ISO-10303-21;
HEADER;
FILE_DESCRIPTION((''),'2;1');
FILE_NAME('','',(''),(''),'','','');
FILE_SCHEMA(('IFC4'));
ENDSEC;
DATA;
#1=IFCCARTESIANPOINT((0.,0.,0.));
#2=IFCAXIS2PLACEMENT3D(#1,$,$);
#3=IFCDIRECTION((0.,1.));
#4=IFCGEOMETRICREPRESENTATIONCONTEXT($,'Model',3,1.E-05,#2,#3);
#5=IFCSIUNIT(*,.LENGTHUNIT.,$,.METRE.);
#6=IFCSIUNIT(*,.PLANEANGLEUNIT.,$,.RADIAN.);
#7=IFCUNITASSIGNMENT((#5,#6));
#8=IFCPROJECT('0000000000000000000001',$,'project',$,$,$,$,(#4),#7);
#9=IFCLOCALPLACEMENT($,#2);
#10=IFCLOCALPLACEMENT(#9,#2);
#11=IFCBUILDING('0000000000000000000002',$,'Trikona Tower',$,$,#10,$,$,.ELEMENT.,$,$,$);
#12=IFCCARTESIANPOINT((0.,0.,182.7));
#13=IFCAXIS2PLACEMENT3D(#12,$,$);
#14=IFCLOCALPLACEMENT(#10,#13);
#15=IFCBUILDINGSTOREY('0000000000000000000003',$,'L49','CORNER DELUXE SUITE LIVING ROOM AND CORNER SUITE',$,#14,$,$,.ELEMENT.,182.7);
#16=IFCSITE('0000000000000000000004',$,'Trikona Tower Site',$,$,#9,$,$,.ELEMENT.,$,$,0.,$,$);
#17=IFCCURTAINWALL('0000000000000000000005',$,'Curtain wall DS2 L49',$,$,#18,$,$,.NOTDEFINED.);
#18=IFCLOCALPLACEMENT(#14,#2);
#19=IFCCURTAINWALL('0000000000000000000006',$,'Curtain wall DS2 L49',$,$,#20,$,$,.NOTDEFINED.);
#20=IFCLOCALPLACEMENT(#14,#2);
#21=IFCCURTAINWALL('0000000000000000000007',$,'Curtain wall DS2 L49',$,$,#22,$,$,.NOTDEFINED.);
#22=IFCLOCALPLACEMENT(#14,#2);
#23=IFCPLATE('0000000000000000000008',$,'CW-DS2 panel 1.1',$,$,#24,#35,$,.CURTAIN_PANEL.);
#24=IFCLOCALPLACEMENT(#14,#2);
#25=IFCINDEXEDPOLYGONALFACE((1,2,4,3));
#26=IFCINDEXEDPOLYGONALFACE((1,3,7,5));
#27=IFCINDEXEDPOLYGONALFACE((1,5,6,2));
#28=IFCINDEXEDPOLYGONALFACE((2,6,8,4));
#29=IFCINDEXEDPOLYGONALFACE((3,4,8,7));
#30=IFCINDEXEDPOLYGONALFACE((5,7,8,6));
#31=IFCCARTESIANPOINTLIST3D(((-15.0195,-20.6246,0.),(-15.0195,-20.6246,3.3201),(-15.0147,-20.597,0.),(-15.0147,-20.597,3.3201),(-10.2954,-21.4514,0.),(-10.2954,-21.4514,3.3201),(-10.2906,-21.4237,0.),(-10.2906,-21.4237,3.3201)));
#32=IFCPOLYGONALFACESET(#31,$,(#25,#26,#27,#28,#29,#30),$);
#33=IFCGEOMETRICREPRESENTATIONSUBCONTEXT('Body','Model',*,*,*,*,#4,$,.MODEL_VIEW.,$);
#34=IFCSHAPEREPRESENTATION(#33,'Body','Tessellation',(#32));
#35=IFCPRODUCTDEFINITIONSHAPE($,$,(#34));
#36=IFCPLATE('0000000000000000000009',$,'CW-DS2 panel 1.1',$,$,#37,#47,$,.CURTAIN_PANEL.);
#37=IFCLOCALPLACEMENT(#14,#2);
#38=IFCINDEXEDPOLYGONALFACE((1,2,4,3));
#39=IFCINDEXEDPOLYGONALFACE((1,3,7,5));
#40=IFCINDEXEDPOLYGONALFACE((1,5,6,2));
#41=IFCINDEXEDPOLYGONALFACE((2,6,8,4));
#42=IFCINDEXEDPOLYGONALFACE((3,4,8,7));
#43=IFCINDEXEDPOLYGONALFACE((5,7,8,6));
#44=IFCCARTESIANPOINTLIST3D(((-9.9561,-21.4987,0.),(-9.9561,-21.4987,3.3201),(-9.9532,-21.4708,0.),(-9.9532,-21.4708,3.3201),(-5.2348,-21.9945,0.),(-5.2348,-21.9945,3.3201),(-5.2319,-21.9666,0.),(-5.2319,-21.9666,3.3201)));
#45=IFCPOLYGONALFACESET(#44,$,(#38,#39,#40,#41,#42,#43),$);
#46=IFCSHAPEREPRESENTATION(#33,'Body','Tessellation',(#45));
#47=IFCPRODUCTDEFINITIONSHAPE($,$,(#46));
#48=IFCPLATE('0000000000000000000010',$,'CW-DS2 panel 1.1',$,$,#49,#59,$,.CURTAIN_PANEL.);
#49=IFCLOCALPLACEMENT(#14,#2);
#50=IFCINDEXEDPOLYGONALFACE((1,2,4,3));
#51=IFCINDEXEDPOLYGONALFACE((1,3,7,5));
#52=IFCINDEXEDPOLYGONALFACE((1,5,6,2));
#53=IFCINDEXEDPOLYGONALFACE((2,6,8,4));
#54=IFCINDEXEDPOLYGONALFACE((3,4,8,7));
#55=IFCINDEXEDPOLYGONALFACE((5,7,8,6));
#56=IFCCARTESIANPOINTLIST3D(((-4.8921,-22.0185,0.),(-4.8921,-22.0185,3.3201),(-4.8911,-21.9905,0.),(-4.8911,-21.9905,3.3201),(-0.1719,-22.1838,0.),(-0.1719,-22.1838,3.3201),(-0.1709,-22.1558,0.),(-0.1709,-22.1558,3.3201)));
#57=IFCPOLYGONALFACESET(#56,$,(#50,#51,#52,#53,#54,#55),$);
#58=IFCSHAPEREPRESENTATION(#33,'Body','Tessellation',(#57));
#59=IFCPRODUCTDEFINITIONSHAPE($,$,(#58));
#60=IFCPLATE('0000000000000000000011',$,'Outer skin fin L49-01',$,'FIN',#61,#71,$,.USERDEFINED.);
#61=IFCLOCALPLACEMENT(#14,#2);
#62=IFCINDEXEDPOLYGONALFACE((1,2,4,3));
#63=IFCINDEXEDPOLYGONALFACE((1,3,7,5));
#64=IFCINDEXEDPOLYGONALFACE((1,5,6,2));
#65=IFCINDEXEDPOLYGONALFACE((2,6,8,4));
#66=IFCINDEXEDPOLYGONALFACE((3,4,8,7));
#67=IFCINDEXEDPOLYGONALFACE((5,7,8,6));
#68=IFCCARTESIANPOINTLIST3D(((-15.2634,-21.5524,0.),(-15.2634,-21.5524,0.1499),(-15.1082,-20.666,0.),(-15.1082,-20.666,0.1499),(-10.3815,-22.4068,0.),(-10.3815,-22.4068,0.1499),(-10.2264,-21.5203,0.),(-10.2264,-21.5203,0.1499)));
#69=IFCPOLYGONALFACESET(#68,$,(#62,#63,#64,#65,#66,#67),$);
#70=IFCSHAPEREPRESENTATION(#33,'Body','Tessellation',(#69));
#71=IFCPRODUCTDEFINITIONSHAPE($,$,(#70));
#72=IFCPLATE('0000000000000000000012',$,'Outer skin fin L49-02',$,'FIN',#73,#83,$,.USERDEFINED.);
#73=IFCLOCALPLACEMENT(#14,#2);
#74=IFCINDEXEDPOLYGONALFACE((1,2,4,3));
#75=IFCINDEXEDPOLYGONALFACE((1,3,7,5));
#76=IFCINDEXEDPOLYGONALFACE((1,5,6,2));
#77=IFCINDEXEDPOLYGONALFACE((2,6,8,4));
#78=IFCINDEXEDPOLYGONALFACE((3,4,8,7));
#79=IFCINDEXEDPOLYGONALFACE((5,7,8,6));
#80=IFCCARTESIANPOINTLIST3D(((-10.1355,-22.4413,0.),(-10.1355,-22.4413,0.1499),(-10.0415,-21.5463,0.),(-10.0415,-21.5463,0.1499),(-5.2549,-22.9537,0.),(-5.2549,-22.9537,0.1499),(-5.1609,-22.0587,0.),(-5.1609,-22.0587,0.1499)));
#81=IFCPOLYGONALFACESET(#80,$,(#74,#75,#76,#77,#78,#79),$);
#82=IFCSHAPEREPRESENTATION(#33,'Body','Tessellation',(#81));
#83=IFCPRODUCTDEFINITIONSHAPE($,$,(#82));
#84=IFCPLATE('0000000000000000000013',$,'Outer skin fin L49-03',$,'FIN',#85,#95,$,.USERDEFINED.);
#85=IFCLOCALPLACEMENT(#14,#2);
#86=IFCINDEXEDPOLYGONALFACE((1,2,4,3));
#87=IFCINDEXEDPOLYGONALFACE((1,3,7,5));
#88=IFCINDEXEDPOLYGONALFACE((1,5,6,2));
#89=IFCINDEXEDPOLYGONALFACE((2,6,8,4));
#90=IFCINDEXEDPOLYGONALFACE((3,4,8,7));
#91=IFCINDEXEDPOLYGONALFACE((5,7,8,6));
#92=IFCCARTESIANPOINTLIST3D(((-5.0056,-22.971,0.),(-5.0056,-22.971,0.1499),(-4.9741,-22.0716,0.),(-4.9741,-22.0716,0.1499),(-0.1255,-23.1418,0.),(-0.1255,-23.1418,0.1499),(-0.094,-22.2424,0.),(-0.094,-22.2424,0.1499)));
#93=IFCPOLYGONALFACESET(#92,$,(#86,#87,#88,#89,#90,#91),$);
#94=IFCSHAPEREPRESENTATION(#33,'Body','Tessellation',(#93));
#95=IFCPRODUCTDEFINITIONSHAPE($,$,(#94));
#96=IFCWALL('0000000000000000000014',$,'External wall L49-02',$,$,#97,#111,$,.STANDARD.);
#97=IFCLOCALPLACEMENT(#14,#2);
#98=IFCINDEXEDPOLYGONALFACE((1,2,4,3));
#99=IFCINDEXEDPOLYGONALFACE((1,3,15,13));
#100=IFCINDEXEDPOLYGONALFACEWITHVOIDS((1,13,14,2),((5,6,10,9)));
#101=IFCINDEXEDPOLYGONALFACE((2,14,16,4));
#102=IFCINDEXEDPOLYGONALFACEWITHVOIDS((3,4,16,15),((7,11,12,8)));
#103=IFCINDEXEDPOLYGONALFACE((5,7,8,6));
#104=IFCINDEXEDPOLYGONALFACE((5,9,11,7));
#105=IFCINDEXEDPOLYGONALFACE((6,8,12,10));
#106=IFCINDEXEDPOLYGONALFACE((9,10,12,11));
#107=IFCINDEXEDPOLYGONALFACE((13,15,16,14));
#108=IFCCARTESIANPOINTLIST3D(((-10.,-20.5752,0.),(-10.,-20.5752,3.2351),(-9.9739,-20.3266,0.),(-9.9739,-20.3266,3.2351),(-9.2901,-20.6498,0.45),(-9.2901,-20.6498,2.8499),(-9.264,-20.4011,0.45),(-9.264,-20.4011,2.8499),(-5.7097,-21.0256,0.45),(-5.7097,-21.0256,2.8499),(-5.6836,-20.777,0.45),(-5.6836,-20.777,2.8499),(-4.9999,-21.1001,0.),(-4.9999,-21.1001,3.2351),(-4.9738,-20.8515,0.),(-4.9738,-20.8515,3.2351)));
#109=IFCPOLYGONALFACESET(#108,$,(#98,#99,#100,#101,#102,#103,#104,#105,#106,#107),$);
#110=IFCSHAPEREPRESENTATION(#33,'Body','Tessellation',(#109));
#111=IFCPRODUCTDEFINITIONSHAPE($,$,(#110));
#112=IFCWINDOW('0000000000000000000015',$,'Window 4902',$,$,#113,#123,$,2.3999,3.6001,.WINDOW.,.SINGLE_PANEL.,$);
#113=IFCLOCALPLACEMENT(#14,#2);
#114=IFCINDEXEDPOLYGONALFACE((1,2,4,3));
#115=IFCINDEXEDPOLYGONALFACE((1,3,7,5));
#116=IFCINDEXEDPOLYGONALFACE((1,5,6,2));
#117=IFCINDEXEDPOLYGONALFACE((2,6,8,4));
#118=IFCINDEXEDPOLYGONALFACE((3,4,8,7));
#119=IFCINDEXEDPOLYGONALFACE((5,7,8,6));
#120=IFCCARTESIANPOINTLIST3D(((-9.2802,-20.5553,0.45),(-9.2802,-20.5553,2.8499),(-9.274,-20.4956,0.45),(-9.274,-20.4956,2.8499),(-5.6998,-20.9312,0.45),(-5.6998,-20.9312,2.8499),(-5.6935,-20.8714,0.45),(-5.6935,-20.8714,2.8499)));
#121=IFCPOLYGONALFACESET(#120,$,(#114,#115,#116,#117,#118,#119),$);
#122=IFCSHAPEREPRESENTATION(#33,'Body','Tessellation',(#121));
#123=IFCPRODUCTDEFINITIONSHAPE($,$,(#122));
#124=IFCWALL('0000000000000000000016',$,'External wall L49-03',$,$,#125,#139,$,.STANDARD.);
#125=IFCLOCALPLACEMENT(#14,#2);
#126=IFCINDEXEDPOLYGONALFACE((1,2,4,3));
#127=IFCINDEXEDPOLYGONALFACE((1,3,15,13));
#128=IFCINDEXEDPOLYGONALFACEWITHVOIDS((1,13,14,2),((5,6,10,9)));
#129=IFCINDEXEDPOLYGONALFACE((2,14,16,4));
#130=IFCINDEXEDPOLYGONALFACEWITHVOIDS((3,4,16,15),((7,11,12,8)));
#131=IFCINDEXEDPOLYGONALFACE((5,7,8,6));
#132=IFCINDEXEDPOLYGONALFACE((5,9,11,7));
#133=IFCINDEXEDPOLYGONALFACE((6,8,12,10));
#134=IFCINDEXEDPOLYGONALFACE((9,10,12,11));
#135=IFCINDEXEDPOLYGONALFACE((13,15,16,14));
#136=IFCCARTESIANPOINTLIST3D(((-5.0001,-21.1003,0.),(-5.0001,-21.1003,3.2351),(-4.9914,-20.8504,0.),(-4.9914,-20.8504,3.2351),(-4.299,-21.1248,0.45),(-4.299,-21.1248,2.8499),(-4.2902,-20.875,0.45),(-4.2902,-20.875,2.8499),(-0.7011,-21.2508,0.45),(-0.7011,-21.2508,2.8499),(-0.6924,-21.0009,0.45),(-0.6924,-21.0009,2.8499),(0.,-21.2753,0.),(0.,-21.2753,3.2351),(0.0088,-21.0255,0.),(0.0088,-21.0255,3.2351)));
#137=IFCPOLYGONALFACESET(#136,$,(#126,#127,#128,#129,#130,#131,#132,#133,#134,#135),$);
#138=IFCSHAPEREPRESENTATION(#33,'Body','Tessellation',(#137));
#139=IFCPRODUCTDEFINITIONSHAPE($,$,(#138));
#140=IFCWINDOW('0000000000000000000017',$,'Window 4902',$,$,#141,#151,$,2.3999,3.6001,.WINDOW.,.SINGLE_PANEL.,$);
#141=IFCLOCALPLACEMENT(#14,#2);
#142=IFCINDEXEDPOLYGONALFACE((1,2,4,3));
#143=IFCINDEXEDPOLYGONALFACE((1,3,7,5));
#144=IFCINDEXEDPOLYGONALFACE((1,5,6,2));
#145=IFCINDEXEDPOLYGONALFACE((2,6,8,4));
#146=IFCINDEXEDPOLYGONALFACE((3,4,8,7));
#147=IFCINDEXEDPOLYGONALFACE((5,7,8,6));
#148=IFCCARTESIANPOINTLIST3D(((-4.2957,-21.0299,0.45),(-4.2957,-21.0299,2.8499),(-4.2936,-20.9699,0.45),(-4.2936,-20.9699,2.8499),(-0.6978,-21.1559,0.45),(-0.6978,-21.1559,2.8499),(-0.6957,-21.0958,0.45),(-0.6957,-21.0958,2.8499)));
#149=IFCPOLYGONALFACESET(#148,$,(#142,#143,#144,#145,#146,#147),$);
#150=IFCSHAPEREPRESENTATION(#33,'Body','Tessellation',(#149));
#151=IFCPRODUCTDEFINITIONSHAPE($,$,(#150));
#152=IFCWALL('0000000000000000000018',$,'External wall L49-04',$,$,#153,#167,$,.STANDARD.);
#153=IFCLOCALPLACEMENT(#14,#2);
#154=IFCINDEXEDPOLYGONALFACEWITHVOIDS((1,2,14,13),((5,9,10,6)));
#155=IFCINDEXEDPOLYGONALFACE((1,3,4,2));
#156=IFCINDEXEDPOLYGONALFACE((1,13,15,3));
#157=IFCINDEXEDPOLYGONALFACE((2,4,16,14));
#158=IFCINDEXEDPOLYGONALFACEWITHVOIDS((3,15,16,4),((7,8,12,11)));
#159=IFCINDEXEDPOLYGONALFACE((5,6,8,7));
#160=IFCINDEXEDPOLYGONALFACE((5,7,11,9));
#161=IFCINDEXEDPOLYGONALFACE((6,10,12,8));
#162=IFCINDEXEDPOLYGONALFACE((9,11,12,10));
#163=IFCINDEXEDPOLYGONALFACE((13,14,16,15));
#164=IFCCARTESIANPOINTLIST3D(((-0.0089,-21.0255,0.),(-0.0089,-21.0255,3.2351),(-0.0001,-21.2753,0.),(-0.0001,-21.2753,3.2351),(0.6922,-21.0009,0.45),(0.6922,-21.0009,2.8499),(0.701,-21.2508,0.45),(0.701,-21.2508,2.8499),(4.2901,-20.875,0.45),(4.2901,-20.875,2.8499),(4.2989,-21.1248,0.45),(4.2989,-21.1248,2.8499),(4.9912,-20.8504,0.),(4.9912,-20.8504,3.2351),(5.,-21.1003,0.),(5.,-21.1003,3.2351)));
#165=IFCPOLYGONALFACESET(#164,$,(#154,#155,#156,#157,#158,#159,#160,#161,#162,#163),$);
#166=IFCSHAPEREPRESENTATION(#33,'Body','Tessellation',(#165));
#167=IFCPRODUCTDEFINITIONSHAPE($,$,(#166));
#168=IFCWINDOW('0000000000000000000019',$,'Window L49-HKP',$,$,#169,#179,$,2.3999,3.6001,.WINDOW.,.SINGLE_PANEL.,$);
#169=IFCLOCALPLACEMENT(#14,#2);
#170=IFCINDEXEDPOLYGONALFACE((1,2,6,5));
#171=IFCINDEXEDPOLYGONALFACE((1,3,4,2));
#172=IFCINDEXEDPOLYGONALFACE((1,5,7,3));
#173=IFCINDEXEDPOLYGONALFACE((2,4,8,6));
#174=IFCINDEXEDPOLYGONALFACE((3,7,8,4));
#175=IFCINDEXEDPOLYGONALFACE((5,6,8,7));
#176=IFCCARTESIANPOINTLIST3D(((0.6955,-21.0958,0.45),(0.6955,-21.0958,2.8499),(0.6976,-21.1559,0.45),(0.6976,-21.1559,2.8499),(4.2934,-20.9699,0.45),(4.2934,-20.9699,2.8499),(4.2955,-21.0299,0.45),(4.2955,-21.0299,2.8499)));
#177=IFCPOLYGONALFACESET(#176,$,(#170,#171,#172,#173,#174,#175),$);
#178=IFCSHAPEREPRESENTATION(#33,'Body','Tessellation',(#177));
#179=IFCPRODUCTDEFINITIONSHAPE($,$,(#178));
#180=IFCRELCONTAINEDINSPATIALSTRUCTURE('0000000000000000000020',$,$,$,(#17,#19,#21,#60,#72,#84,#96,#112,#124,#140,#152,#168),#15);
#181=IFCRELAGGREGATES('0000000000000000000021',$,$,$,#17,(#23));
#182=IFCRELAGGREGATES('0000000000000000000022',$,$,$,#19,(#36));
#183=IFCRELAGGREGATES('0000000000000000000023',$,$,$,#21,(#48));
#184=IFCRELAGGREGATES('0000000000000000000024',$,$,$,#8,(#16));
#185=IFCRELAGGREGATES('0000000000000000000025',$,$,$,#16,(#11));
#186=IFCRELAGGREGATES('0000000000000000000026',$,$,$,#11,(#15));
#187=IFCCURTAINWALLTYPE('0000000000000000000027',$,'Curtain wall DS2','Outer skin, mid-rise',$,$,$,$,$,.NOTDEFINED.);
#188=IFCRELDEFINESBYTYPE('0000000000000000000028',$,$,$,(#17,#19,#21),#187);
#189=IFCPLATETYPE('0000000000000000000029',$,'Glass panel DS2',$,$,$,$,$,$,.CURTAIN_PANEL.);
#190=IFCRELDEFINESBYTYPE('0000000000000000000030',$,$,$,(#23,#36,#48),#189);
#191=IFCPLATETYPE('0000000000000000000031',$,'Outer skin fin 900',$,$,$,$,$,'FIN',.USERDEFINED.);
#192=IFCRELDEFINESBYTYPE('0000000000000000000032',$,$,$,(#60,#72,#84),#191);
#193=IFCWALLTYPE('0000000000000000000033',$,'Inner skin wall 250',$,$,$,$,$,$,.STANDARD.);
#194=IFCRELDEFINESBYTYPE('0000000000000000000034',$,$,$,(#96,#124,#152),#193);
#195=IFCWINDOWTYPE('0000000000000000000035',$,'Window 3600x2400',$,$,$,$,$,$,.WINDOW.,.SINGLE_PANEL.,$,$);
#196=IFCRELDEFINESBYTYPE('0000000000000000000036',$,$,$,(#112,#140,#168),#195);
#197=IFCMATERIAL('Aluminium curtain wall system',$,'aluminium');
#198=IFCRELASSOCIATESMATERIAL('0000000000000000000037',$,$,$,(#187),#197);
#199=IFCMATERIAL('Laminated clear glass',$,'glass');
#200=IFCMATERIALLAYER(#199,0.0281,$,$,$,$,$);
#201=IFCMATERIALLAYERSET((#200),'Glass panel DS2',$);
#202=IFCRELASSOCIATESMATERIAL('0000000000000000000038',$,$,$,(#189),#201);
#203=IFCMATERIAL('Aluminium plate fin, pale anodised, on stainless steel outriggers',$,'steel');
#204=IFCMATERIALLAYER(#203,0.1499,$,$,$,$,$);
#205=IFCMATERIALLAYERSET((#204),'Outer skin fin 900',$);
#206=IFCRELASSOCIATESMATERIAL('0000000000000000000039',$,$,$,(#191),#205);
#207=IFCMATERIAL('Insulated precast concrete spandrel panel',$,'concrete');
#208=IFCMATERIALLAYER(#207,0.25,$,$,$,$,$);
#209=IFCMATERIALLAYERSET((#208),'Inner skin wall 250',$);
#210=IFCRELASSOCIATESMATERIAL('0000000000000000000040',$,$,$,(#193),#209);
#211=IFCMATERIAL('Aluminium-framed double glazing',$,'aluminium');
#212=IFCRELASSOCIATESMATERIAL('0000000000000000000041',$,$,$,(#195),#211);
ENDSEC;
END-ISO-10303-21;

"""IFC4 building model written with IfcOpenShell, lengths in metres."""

from ifc_helpers import new_model, si_unit, direction, frame, frame_2d, origin, origin_2d, place, context, subcontext, project, spatial, rectangle, extrude, material, layer, layer_set, type_object, element, fill, aggregate, save


model = new_model("IFC4")

# Units and contexts
model_context = context("Model", 3, precision=1e-05, world=origin(), true_north=direction((0.0, 1.0)))
body_context = subcontext(model_context, "Body", "Model", "MODEL_VIEW")
ifc_project = project(units=[si_unit("LENGTHUNIT", "METRE"), si_unit("PLANEANGLEUNIT", "RADIAN")], contexts=[model_context])

# Site, building, storey
site_placement = place(None, origin())
site = spatial("IfcSite", under=ifc_project, at=site_placement, Name="Trikona Tower Site", CompositionType="ELEMENT", RefElevation=0.0)
building_placement = place(site_placement, origin())
building = spatial("IfcBuilding", under=site, at=building_placement, Name="Trikona Tower", CompositionType="ELEMENT")
storey_placement = place(building_placement, frame((0.0, 0.0, 182.7)))
storey = spatial("IfcBuildingStorey", under=building, at=storey_placement, Name="L49", Description="CORNER DELUXE SUITE LIVING ROOM AND CORNER SUITE", CompositionType="ELEMENT", Elevation=182.7)

# Curtain wall
ifc_material_1 = material(Name="Aluminium curtain wall system", Category="aluminium")
curtain_wall_type = type_object("IfcCurtainWallType", Name="Curtain wall DS2", Description="Outer skin, mid-rise", PredefinedType="NOTDEFINED", material=ifc_material_1)
curtain_wall_1_placement = place(storey_placement, origin())
curtain_wall_1 = element("IfcCurtainWall", 1, at=curtain_wall_1_placement, inside=storey, type_object=curtain_wall_type, Name="Curtain wall DS2 L49", PredefinedType="NOTDEFINED")

# Curtain walls
curtain_wall_2_placement = place(storey_placement, origin())
curtain_wall_2 = element("IfcCurtainWall", 2, at=curtain_wall_2_placement, inside=storey, type_object=curtain_wall_type, Name="Curtain wall DS2 L49", PredefinedType="NOTDEFINED")
curtain_wall_3_placement = place(storey_placement, origin())
curtain_wall_3 = element("IfcCurtainWall", 3, at=curtain_wall_3_placement, inside=storey, type_object=curtain_wall_type, Name="Curtain wall DS2 L49", PredefinedType="NOTDEFINED")

# Plates
ifc_material_2 = material(Name="Laminated clear glass", Category="glass")
ifc_layer_1 = layer(ifc_material_2, 0.0281)
ifc_layer_set_1 = layer_set([ifc_layer_1], Name="Glass panel DS2")
plate_type_1 = type_object("IfcPlateType", Name="Glass panel DS2", PredefinedType="CURTAIN_PANEL", material=ifc_layer_set_1)
plate_1_placement = place(storey_placement, frame((-12.655, -21.0242, 0.0), z_axis=(0.0, 0.0, 1.0), x_axis=(0.985031, -0.172377, 0.0)))
plate_1 = element("IfcPlate", 4, at=plate_1_placement, type_object=plate_type_1, Name="CW-DS2 panel 1.1", PredefinedType="CURTAIN_PANEL", context=body_context, shape_type="SweptSolid", body=[
    extrude(rectangle(XDim=4.7959, YDim=0.0281, at=origin_2d()), origin(), (0.0, 0.0, 1.0), 3.3201),
])
aggregate(curtain_wall_1, [plate_1])
plate_2_placement = place(storey_placement, frame((-7.594, -21.7327, 0.0), z_axis=(0.0, 0.0, 1.0), x_axis=(0.994532, -0.104433, 0.0)))
plate_2 = element("IfcPlate", 5, at=plate_2_placement, type_object=plate_type_1, Name="CW-DS2 panel 1.1", PredefinedType="CURTAIN_PANEL", context=body_context, shape_type="SweptSolid", body=[
    extrude(rectangle(XDim=4.7473, YDim=0.0281, at=origin_2d()), origin(), (0.0, 0.0, 1.0), 3.3201),
])
aggregate(curtain_wall_2, [plate_2])
plate_3_placement = place(storey_placement, frame((-2.5315, -22.0872, 0.0), z_axis=(0.0, 0.0, 1.0), x_axis=(0.999387, -0.034998, 0.0)))
plate_3 = element("IfcPlate", 6, at=plate_3_placement, type_object=plate_type_1, Name="CW-DS2 panel 1.1", PredefinedType="CURTAIN_PANEL", context=body_context, shape_type="SweptSolid", body=[
    extrude(rectangle(XDim=4.7231, YDim=0.0281, at=origin_2d()), origin(), (0.0, 0.0, 1.0), 3.3201),
])
aggregate(curtain_wall_3, [plate_3])

# Plates
ifc_material_3 = material(Name="Aluminium plate fin, pale anodised, on stainless steel outriggers", Category="steel")
ifc_layer_2 = layer(ifc_material_3, 0.1499)
ifc_layer_set_2 = layer_set([ifc_layer_2], Name="Outer skin fin 900")
plate_type_2 = type_object("IfcPlateType", Name="Outer skin fin 900", ElementType="FIN", PredefinedType="USERDEFINED", material=ifc_layer_set_2)
plate_4_placement = place(storey_placement, frame((-12.7449, -21.5364, 0.0), z_axis=(0.0, 0.0, 1.0), x_axis=(0.985031, -0.17238, 0.0)))
element("IfcPlate", 7, at=plate_4_placement, inside=storey, type_object=plate_type_2, Name="Outer skin fin L49-01", ObjectType="FIN", PredefinedType="USERDEFINED", context=body_context, shape_type="SweptSolid", body=[
    extrude(rectangle(XDim=4.9561, YDim=0.8999, at=origin_2d()), origin(), (0.0, 0.0, 1.0), 0.1499),
])
plate_5_placement = place(storey_placement, frame((-7.6482, -22.25, 0.0), z_axis=(0.0, 0.0, 1.0), x_axis=(0.994533, -0.104426, 0.0)))
element("IfcPlate", 8, at=plate_5_placement, inside=storey, type_object=plate_type_2, Name="Outer skin fin L49-02", ObjectType="FIN", PredefinedType="USERDEFINED", context=body_context, shape_type="SweptSolid", body=[
    extrude(rectangle(XDim=4.9075, YDim=0.8999, at=origin_2d()), origin(), (0.0, 0.0, 1.0), 0.1499),
])
plate_6_placement = place(storey_placement, frame((-2.5498, -22.6067, 0.0), z_axis=(0.0, 0.0, 1.0), x_axis=(0.999388, -0.034978, 0.0)))
element("IfcPlate", 9, at=plate_6_placement, inside=storey, type_object=plate_type_2, Name="Outer skin fin L49-03", ObjectType="FIN", PredefinedType="USERDEFINED", context=body_context, shape_type="SweptSolid", body=[
    extrude(rectangle(XDim=4.8831, YDim=0.8999, at=origin_2d()), origin(), (0.0, 0.0, 1.0), 0.1499),
])

# Walls, openings, windows
ifc_material_4 = material(Name="Insulated precast concrete spandrel panel", Category="concrete")
ifc_layer_3 = layer(ifc_material_4, 0.25)
ifc_layer_set_3 = layer_set([ifc_layer_3], Name="Inner skin wall 250")
wall_type = type_object("IfcWallType", Name="Inner skin wall 250", PredefinedType="STANDARD", material=ifc_layer_set_3)
wall_1_placement = place(storey_placement, frame((-9.9868, -20.4509, 0.0), z_axis=(0.0, 0.0, 1.0), x_axis=(0.994535, -0.104407, 0.0)))
wall_1 = element("IfcWall", 10, at=wall_1_placement, inside=storey, type_object=wall_type, Name="External wall L49-02", PredefinedType="STANDARD", context=body_context, shape_type="SweptSolid", body=[
    extrude(rectangle(XDim=5.0276, YDim=0.25, at=frame_2d((2.5137, 0.0))), origin(), (0.0, 0.0, 1.0), 3.2351),
])
opening_1_placement = place(wall_1_placement, frame((0.7136, 0.0, 0.45)))
opening_1 = element("IfcOpeningElement", 11, at=opening_1_placement, cuts=wall_1, PredefinedType="OPENING", context=body_context, shape_type="SweptSolid", body=[
    extrude(rectangle(XDim=3.6001, YDim=2.3999, at=frame_2d((1.8, 1.2))), frame((0.0, 0.135, 0.0), z_axis=(0.0, -1.0, 0.0), x_axis=(1.0, 0.0, 0.0)), (0.0, 0.0, 1.0), 0.27),
])
ifc_material_5 = material(Name="Aluminium-framed double glazing", Category="aluminium")
window_type = type_object("IfcWindowType", Name="Window 3600x2400", PartitioningType="SINGLE_PANEL", PredefinedType="WINDOW", material=ifc_material_5)
window_1_placement = place(opening_1_placement, origin())
window_1 = element("IfcWindow", 12, at=window_1_placement, inside=storey, type_object=window_type, Name="Window 4902", OverallHeight=2.3999, OverallWidth=3.6001, PartitioningType="SINGLE_PANEL", PredefinedType="WINDOW", context=body_context, shape_type="SweptSolid", body=[
    extrude(rectangle(XDim=3.6001, YDim=2.3999, at=frame_2d((1.8, 1.2))), frame((0.0, 0.03, 0.0), z_axis=(0.0, -1.0, 0.0), x_axis=(1.0, 0.0, 0.0)), (0.0, 0.0, 1.0), 0.0601),
])
fill(opening_1, window_1)
wall_2_placement = place(storey_placement, frame((-4.9956, -20.9753, 0.0), z_axis=(0.0, 0.0, 1.0), x_axis=(0.999388, -0.034988, 0.0)))
wall_2 = element("IfcWall", 13, at=wall_2_placement, inside=storey, type_object=wall_type, Name="External wall L49-03", PredefinedType="STANDARD", context=body_context, shape_type="SweptSolid", body=[
    extrude(rectangle(XDim=5.0032, YDim=0.25, at=frame_2d((2.5015, 0.0))), origin(), (0.0, 0.0, 1.0), 3.2351),
])
opening_2_placement = place(wall_2_placement, frame((0.7014, 0.0, 0.45)))
opening_2 = element("IfcOpeningElement", 14, at=opening_2_placement, cuts=wall_2, PredefinedType="OPENING", context=body_context, shape_type="SweptSolid", body=[
    extrude(rectangle(XDim=3.6001, YDim=2.3999, at=frame_2d((1.8, 1.2))), frame((0.0, 0.135, 0.0), z_axis=(0.0, -1.0, 0.0), x_axis=(1.0, 0.0, 0.0)), (0.0, 0.0, 1.0), 0.27),
])
window_2_placement = place(opening_2_placement, origin())
window_2 = element("IfcWindow", 15, at=window_2_placement, inside=storey, type_object=window_type, Name="Window 4902", OverallHeight=2.3999, OverallWidth=3.6001, PartitioningType="SINGLE_PANEL", PredefinedType="WINDOW", context=body_context, shape_type="SweptSolid", body=[
    extrude(rectangle(XDim=3.6001, YDim=2.3999, at=frame_2d((1.8, 1.2))), frame((0.0, 0.03, 0.0), z_axis=(0.0, -1.0, 0.0), x_axis=(1.0, 0.0, 0.0)), (0.0, 0.0, 1.0), 0.0601),
])
fill(opening_2, window_2)
wall_3_placement = place(storey_placement, frame((-0.0044, -21.1504, 0.0), z_axis=(0.0, 0.0, 1.0), x_axis=(0.999388, 0.034988, 0.0)))
wall_3 = element("IfcWall", 16, at=wall_3_placement, inside=storey, type_object=wall_type, Name="External wall L49-04", PredefinedType="STANDARD", context=body_context, shape_type="SweptSolid", body=[
    extrude(rectangle(XDim=5.0032, YDim=0.25, at=frame_2d((2.5015, 0.0))), origin(), (0.0, 0.0, 1.0), 3.2351),
])
opening_3_placement = place(wall_3_placement, frame((0.7014, 0.0, 0.45)))
opening_3 = element("IfcOpeningElement", 17, at=opening_3_placement, cuts=wall_3, PredefinedType="OPENING", context=body_context, shape_type="SweptSolid", body=[
    extrude(rectangle(XDim=3.6001, YDim=2.3999, at=frame_2d((1.8, 1.2))), frame((0.0, 0.135, 0.0), z_axis=(0.0, -1.0, 0.0), x_axis=(1.0, 0.0, 0.0)), (0.0, 0.0, 1.0), 0.27),
])
window_3_placement = place(opening_3_placement, origin())
window_3 = element("IfcWindow", 18, at=window_3_placement, inside=storey, type_object=window_type, Name="Window L49-HKP", OverallHeight=2.3999, OverallWidth=3.6001, PartitioningType="SINGLE_PANEL", PredefinedType="WINDOW", context=body_context, shape_type="SweptSolid", body=[
    extrude(rectangle(XDim=3.6001, YDim=2.3999, at=frame_2d((1.8, 1.2))), frame((0.0, 0.03, 0.0), z_axis=(0.0, -1.0, 0.0), x_axis=(1.0, 0.0, 0.0)), (0.0, 0.0, 1.0), 0.0601),
])
fill(opening_3, window_3)

save(model, "model.ifc")
